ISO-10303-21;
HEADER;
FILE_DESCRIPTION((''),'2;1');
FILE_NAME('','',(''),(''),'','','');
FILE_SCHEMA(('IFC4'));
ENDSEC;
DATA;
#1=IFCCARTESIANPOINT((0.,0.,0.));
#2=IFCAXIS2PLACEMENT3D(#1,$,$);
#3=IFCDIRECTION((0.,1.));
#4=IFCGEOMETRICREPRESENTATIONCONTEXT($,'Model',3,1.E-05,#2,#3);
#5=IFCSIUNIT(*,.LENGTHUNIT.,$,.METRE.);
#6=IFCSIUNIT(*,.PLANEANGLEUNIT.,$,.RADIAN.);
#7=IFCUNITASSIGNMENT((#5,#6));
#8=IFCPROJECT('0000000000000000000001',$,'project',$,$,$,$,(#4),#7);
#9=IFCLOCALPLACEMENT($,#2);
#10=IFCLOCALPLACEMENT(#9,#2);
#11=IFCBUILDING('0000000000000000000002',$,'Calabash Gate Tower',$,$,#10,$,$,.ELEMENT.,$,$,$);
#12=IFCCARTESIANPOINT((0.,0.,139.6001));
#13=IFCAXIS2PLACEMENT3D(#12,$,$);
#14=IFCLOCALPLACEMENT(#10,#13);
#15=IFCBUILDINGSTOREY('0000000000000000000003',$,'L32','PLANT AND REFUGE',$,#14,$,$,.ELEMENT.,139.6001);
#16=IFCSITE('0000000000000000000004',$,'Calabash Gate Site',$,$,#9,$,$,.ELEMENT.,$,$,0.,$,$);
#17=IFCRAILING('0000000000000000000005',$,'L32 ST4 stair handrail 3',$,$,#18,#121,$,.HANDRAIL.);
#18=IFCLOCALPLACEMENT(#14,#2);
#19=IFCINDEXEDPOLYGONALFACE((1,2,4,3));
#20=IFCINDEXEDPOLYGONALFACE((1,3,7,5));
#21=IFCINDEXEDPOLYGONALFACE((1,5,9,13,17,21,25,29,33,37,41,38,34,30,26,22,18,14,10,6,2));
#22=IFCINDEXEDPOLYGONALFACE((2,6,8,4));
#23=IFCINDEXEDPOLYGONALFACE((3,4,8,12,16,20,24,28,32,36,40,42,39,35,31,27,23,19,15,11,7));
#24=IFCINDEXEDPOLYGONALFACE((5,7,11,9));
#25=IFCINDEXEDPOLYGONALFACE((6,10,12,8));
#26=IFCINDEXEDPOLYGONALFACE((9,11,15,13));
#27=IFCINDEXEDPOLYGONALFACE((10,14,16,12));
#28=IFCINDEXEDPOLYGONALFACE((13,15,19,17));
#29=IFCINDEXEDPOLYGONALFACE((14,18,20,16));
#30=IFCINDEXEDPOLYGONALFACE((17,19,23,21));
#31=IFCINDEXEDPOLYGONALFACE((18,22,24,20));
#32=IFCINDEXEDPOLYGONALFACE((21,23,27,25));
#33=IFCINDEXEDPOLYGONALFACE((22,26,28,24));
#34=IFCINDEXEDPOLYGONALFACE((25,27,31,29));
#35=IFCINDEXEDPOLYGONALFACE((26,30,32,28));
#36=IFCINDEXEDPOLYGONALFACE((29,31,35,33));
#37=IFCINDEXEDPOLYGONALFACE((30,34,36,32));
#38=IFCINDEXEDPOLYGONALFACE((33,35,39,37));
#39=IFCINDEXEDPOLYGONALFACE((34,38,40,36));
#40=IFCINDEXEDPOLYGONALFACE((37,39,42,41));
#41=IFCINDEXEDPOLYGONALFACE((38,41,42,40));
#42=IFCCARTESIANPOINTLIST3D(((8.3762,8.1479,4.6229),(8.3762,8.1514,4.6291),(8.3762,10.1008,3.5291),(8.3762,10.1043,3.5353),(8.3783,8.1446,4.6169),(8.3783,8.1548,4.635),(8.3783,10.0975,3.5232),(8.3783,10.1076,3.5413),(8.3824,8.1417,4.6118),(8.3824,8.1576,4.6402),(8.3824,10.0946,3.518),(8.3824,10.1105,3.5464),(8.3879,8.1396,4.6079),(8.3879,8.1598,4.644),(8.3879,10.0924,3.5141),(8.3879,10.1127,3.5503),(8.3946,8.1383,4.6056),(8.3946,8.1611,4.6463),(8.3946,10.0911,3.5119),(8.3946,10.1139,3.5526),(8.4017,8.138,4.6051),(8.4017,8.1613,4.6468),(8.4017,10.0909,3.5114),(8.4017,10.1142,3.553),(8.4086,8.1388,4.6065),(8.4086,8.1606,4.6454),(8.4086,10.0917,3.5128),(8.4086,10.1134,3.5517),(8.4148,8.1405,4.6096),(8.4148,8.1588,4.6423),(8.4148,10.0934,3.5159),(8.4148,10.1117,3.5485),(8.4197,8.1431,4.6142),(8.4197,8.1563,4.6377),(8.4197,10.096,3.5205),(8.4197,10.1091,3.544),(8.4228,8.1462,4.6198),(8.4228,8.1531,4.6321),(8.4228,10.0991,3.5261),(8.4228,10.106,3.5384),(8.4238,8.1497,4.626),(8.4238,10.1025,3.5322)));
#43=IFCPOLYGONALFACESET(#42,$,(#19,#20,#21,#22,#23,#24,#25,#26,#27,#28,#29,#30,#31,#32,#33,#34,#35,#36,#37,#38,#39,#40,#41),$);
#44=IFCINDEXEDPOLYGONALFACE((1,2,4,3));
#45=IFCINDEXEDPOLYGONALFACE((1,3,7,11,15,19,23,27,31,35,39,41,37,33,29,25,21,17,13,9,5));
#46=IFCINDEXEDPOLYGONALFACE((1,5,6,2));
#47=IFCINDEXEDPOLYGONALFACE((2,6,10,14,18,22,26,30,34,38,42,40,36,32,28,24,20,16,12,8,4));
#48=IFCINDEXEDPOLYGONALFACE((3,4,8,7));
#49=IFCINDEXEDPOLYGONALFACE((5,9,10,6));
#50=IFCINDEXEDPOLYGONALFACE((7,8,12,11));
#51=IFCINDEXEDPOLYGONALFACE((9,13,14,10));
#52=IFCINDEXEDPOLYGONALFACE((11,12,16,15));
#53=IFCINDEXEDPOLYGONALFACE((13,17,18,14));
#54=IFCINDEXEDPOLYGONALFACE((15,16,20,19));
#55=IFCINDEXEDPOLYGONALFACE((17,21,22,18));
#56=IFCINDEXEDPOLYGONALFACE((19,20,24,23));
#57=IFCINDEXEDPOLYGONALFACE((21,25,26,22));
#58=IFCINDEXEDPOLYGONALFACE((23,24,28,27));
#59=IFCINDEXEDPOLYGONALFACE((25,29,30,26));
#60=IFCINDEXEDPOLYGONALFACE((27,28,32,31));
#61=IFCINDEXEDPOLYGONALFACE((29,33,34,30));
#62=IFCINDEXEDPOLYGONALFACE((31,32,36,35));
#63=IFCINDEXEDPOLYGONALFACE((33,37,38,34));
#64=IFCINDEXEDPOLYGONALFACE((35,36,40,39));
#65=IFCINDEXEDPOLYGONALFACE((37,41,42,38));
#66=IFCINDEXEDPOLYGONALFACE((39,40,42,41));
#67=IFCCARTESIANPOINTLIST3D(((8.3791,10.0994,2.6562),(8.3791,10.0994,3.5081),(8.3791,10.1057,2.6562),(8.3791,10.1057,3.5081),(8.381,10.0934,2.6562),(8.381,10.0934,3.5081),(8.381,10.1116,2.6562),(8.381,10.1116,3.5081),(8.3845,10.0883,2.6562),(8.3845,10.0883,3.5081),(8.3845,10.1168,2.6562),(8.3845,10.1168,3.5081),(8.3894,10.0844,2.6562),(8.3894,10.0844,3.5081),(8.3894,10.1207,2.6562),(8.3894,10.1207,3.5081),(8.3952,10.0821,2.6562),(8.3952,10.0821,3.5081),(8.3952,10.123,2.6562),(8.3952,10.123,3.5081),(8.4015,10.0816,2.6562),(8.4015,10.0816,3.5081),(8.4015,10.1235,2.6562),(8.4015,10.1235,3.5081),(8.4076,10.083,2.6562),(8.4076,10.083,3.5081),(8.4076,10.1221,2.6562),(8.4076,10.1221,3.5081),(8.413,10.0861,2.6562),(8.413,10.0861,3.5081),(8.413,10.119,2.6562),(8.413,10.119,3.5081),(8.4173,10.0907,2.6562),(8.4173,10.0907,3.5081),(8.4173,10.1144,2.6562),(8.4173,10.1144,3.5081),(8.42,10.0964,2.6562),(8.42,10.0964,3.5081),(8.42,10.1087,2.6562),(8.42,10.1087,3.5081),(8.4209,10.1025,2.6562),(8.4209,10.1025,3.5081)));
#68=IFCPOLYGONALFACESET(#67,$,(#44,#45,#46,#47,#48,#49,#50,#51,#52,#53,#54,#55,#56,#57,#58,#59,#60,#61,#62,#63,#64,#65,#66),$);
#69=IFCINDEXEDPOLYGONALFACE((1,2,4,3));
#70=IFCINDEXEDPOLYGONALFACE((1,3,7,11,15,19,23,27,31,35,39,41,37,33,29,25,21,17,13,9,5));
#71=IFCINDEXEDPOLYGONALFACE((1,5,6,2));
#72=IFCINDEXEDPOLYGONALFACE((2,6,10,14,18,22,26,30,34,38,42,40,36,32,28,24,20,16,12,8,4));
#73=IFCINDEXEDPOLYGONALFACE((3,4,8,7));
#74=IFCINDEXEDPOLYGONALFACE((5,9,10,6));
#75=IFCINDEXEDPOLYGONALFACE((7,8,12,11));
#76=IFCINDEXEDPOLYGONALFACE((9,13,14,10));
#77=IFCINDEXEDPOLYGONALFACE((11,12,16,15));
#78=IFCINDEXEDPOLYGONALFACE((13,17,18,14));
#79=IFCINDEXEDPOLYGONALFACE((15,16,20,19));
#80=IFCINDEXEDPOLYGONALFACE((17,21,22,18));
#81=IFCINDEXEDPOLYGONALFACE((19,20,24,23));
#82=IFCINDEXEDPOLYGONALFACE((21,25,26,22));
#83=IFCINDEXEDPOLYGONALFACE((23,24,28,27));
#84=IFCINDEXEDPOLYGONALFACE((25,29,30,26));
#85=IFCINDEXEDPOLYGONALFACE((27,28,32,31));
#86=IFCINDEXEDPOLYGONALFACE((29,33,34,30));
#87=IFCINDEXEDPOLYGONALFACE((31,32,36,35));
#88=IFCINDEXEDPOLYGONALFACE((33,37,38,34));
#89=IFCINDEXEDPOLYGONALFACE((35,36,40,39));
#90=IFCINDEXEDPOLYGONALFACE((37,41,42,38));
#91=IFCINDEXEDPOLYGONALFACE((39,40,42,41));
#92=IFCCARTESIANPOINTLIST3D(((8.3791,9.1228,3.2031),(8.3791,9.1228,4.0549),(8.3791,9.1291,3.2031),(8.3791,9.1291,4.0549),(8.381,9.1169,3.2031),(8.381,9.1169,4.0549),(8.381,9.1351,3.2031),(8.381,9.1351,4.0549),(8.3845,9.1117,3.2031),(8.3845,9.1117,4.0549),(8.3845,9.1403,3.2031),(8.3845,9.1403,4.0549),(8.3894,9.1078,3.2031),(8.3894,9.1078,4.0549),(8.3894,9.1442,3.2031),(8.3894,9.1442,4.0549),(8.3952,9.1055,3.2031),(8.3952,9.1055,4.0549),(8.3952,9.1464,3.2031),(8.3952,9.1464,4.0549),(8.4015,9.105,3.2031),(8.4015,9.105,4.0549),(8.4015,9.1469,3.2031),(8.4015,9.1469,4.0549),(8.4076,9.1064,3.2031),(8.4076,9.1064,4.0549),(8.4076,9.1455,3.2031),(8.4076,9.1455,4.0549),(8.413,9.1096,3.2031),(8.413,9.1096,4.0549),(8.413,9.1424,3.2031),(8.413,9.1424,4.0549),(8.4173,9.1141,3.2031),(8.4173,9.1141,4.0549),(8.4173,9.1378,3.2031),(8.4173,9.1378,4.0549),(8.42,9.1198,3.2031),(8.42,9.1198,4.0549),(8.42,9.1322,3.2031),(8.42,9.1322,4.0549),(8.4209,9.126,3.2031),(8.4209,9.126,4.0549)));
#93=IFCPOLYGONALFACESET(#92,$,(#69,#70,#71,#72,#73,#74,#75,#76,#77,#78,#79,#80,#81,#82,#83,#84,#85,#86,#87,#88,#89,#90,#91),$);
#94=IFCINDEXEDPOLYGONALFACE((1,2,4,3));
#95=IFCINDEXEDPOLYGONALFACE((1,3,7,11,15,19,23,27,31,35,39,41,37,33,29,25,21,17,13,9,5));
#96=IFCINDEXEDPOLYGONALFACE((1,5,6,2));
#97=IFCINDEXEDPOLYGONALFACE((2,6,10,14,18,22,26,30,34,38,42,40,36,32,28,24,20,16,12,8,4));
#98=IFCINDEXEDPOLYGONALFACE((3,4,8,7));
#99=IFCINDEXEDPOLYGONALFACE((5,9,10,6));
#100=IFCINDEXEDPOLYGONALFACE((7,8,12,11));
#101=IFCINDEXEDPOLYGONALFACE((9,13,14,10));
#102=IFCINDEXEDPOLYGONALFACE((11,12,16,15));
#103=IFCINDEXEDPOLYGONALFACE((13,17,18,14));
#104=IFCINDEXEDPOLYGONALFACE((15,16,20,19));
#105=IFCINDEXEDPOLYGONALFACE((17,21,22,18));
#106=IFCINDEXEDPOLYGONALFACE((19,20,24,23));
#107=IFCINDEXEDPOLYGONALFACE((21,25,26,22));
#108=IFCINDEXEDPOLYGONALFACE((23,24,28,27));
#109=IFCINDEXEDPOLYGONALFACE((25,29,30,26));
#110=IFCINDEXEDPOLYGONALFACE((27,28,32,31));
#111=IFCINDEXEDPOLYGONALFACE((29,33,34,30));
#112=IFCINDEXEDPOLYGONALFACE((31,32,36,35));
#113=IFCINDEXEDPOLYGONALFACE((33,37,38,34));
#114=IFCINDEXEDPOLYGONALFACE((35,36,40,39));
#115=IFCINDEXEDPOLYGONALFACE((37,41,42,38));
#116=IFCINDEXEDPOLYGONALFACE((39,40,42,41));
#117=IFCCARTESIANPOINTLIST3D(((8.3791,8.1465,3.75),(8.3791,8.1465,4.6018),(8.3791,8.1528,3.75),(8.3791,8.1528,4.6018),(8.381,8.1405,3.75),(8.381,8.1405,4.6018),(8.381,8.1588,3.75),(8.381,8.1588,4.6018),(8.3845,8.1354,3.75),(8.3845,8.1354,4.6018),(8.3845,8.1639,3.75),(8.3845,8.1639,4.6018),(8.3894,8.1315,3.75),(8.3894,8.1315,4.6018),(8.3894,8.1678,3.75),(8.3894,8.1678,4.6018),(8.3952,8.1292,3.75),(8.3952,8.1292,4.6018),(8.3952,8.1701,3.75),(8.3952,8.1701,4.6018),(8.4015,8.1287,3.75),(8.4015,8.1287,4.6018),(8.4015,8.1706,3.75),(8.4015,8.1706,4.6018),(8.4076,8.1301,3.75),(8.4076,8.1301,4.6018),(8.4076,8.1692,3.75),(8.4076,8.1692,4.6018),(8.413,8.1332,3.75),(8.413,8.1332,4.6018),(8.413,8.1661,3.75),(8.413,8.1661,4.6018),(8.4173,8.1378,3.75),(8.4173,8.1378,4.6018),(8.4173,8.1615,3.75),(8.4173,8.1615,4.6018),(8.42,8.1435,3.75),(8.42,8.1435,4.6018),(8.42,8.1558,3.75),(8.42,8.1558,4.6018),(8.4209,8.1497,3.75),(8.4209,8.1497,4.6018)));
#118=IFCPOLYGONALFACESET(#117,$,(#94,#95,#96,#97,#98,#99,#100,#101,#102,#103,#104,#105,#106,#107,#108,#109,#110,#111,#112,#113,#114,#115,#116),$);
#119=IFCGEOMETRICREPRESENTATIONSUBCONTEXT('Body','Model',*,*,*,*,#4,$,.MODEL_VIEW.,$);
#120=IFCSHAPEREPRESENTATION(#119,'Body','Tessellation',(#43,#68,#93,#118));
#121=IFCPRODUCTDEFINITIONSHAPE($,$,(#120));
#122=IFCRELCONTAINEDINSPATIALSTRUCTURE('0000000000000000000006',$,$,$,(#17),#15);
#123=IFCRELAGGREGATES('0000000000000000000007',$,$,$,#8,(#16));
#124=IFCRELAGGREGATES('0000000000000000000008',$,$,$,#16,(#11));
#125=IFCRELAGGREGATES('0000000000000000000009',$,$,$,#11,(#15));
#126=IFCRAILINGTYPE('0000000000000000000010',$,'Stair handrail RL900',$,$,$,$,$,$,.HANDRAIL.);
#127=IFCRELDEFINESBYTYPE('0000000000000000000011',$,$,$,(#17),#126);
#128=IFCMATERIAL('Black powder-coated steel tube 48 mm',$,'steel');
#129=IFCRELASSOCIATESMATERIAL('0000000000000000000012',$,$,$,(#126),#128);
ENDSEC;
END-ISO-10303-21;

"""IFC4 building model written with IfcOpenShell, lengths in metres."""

from ifc_helpers import new_model, si_unit, direction, frame, origin, origin_2d, place, context, subcontext, project, spatial, circle, extrude, material, type_object, element, save


model = new_model("IFC4")

# Units and contexts
model_context = context("Model", 3, precision=1e-05, world=origin(), true_north=direction((0.0, 1.0)))
body_context = subcontext(model_context, "Body", "Model", "MODEL_VIEW")
ifc_project = project(units=[si_unit("LENGTHUNIT", "METRE"), si_unit("PLANEANGLEUNIT", "RADIAN")], contexts=[model_context])

# Site, building, storey
site_placement = place(None, origin())
site = spatial("IfcSite", under=ifc_project, at=site_placement, Name="Calabash Gate Site", CompositionType="ELEMENT", RefElevation=0.0)
building_placement = place(site_placement, origin())
building = spatial("IfcBuilding", under=site, at=building_placement, Name="Calabash Gate Tower", CompositionType="ELEMENT")
storey_placement = place(building_placement, frame((0.0, 0.0, 139.6001)))
storey = spatial("IfcBuildingStorey", under=building, at=storey_placement, Name="L32", Description="PLANT AND REFUGE", CompositionType="ELEMENT", Elevation=139.6001)

# Railing
ifc_material_1 = material(Name="Black powder-coated steel tube 48 mm", Category="steel")
railing_type_1 = type_object("IfcRailingType", Name="Stair handrail RL900", PredefinedType="HANDRAIL", material=ifc_material_1)
railing_1_placement = place(storey_placement, frame((8.3999, 10.1025, 2.6562)))
element("IfcRailing", 1, at=railing_1_placement, inside=storey, type_object=railing_type_1, Name="L32 ST4 stair handrail 3", PredefinedType="HANDRAIL", context=body_context, shape_type="SweptSolid", body=[
    extrude(circle(Radius=0.0239, at=origin_2d()), frame((0.0, 0.0, 0.876), z_axis=(0.0, -0.87248, 0.48865), x_axis=(1.0, 0.0, 0.0)), (0.0, 0.0, 1.0), 2.2383),
    extrude(circle(Radius=0.021, at=origin_2d()), origin(), (0.0, 0.0, 1.0), 0.8518),
    extrude(circle(Radius=0.021, at=origin_2d()), frame((0.0, -0.9766, 0.5469)), (0.0, 0.0, 1.0), 0.8518),
    extrude(circle(Radius=0.021, at=origin_2d()), frame((0.0, -1.9529, 1.0938)), (0.0, 0.0, 1.0), 0.8518),
])

save(model, "model.ifc")
